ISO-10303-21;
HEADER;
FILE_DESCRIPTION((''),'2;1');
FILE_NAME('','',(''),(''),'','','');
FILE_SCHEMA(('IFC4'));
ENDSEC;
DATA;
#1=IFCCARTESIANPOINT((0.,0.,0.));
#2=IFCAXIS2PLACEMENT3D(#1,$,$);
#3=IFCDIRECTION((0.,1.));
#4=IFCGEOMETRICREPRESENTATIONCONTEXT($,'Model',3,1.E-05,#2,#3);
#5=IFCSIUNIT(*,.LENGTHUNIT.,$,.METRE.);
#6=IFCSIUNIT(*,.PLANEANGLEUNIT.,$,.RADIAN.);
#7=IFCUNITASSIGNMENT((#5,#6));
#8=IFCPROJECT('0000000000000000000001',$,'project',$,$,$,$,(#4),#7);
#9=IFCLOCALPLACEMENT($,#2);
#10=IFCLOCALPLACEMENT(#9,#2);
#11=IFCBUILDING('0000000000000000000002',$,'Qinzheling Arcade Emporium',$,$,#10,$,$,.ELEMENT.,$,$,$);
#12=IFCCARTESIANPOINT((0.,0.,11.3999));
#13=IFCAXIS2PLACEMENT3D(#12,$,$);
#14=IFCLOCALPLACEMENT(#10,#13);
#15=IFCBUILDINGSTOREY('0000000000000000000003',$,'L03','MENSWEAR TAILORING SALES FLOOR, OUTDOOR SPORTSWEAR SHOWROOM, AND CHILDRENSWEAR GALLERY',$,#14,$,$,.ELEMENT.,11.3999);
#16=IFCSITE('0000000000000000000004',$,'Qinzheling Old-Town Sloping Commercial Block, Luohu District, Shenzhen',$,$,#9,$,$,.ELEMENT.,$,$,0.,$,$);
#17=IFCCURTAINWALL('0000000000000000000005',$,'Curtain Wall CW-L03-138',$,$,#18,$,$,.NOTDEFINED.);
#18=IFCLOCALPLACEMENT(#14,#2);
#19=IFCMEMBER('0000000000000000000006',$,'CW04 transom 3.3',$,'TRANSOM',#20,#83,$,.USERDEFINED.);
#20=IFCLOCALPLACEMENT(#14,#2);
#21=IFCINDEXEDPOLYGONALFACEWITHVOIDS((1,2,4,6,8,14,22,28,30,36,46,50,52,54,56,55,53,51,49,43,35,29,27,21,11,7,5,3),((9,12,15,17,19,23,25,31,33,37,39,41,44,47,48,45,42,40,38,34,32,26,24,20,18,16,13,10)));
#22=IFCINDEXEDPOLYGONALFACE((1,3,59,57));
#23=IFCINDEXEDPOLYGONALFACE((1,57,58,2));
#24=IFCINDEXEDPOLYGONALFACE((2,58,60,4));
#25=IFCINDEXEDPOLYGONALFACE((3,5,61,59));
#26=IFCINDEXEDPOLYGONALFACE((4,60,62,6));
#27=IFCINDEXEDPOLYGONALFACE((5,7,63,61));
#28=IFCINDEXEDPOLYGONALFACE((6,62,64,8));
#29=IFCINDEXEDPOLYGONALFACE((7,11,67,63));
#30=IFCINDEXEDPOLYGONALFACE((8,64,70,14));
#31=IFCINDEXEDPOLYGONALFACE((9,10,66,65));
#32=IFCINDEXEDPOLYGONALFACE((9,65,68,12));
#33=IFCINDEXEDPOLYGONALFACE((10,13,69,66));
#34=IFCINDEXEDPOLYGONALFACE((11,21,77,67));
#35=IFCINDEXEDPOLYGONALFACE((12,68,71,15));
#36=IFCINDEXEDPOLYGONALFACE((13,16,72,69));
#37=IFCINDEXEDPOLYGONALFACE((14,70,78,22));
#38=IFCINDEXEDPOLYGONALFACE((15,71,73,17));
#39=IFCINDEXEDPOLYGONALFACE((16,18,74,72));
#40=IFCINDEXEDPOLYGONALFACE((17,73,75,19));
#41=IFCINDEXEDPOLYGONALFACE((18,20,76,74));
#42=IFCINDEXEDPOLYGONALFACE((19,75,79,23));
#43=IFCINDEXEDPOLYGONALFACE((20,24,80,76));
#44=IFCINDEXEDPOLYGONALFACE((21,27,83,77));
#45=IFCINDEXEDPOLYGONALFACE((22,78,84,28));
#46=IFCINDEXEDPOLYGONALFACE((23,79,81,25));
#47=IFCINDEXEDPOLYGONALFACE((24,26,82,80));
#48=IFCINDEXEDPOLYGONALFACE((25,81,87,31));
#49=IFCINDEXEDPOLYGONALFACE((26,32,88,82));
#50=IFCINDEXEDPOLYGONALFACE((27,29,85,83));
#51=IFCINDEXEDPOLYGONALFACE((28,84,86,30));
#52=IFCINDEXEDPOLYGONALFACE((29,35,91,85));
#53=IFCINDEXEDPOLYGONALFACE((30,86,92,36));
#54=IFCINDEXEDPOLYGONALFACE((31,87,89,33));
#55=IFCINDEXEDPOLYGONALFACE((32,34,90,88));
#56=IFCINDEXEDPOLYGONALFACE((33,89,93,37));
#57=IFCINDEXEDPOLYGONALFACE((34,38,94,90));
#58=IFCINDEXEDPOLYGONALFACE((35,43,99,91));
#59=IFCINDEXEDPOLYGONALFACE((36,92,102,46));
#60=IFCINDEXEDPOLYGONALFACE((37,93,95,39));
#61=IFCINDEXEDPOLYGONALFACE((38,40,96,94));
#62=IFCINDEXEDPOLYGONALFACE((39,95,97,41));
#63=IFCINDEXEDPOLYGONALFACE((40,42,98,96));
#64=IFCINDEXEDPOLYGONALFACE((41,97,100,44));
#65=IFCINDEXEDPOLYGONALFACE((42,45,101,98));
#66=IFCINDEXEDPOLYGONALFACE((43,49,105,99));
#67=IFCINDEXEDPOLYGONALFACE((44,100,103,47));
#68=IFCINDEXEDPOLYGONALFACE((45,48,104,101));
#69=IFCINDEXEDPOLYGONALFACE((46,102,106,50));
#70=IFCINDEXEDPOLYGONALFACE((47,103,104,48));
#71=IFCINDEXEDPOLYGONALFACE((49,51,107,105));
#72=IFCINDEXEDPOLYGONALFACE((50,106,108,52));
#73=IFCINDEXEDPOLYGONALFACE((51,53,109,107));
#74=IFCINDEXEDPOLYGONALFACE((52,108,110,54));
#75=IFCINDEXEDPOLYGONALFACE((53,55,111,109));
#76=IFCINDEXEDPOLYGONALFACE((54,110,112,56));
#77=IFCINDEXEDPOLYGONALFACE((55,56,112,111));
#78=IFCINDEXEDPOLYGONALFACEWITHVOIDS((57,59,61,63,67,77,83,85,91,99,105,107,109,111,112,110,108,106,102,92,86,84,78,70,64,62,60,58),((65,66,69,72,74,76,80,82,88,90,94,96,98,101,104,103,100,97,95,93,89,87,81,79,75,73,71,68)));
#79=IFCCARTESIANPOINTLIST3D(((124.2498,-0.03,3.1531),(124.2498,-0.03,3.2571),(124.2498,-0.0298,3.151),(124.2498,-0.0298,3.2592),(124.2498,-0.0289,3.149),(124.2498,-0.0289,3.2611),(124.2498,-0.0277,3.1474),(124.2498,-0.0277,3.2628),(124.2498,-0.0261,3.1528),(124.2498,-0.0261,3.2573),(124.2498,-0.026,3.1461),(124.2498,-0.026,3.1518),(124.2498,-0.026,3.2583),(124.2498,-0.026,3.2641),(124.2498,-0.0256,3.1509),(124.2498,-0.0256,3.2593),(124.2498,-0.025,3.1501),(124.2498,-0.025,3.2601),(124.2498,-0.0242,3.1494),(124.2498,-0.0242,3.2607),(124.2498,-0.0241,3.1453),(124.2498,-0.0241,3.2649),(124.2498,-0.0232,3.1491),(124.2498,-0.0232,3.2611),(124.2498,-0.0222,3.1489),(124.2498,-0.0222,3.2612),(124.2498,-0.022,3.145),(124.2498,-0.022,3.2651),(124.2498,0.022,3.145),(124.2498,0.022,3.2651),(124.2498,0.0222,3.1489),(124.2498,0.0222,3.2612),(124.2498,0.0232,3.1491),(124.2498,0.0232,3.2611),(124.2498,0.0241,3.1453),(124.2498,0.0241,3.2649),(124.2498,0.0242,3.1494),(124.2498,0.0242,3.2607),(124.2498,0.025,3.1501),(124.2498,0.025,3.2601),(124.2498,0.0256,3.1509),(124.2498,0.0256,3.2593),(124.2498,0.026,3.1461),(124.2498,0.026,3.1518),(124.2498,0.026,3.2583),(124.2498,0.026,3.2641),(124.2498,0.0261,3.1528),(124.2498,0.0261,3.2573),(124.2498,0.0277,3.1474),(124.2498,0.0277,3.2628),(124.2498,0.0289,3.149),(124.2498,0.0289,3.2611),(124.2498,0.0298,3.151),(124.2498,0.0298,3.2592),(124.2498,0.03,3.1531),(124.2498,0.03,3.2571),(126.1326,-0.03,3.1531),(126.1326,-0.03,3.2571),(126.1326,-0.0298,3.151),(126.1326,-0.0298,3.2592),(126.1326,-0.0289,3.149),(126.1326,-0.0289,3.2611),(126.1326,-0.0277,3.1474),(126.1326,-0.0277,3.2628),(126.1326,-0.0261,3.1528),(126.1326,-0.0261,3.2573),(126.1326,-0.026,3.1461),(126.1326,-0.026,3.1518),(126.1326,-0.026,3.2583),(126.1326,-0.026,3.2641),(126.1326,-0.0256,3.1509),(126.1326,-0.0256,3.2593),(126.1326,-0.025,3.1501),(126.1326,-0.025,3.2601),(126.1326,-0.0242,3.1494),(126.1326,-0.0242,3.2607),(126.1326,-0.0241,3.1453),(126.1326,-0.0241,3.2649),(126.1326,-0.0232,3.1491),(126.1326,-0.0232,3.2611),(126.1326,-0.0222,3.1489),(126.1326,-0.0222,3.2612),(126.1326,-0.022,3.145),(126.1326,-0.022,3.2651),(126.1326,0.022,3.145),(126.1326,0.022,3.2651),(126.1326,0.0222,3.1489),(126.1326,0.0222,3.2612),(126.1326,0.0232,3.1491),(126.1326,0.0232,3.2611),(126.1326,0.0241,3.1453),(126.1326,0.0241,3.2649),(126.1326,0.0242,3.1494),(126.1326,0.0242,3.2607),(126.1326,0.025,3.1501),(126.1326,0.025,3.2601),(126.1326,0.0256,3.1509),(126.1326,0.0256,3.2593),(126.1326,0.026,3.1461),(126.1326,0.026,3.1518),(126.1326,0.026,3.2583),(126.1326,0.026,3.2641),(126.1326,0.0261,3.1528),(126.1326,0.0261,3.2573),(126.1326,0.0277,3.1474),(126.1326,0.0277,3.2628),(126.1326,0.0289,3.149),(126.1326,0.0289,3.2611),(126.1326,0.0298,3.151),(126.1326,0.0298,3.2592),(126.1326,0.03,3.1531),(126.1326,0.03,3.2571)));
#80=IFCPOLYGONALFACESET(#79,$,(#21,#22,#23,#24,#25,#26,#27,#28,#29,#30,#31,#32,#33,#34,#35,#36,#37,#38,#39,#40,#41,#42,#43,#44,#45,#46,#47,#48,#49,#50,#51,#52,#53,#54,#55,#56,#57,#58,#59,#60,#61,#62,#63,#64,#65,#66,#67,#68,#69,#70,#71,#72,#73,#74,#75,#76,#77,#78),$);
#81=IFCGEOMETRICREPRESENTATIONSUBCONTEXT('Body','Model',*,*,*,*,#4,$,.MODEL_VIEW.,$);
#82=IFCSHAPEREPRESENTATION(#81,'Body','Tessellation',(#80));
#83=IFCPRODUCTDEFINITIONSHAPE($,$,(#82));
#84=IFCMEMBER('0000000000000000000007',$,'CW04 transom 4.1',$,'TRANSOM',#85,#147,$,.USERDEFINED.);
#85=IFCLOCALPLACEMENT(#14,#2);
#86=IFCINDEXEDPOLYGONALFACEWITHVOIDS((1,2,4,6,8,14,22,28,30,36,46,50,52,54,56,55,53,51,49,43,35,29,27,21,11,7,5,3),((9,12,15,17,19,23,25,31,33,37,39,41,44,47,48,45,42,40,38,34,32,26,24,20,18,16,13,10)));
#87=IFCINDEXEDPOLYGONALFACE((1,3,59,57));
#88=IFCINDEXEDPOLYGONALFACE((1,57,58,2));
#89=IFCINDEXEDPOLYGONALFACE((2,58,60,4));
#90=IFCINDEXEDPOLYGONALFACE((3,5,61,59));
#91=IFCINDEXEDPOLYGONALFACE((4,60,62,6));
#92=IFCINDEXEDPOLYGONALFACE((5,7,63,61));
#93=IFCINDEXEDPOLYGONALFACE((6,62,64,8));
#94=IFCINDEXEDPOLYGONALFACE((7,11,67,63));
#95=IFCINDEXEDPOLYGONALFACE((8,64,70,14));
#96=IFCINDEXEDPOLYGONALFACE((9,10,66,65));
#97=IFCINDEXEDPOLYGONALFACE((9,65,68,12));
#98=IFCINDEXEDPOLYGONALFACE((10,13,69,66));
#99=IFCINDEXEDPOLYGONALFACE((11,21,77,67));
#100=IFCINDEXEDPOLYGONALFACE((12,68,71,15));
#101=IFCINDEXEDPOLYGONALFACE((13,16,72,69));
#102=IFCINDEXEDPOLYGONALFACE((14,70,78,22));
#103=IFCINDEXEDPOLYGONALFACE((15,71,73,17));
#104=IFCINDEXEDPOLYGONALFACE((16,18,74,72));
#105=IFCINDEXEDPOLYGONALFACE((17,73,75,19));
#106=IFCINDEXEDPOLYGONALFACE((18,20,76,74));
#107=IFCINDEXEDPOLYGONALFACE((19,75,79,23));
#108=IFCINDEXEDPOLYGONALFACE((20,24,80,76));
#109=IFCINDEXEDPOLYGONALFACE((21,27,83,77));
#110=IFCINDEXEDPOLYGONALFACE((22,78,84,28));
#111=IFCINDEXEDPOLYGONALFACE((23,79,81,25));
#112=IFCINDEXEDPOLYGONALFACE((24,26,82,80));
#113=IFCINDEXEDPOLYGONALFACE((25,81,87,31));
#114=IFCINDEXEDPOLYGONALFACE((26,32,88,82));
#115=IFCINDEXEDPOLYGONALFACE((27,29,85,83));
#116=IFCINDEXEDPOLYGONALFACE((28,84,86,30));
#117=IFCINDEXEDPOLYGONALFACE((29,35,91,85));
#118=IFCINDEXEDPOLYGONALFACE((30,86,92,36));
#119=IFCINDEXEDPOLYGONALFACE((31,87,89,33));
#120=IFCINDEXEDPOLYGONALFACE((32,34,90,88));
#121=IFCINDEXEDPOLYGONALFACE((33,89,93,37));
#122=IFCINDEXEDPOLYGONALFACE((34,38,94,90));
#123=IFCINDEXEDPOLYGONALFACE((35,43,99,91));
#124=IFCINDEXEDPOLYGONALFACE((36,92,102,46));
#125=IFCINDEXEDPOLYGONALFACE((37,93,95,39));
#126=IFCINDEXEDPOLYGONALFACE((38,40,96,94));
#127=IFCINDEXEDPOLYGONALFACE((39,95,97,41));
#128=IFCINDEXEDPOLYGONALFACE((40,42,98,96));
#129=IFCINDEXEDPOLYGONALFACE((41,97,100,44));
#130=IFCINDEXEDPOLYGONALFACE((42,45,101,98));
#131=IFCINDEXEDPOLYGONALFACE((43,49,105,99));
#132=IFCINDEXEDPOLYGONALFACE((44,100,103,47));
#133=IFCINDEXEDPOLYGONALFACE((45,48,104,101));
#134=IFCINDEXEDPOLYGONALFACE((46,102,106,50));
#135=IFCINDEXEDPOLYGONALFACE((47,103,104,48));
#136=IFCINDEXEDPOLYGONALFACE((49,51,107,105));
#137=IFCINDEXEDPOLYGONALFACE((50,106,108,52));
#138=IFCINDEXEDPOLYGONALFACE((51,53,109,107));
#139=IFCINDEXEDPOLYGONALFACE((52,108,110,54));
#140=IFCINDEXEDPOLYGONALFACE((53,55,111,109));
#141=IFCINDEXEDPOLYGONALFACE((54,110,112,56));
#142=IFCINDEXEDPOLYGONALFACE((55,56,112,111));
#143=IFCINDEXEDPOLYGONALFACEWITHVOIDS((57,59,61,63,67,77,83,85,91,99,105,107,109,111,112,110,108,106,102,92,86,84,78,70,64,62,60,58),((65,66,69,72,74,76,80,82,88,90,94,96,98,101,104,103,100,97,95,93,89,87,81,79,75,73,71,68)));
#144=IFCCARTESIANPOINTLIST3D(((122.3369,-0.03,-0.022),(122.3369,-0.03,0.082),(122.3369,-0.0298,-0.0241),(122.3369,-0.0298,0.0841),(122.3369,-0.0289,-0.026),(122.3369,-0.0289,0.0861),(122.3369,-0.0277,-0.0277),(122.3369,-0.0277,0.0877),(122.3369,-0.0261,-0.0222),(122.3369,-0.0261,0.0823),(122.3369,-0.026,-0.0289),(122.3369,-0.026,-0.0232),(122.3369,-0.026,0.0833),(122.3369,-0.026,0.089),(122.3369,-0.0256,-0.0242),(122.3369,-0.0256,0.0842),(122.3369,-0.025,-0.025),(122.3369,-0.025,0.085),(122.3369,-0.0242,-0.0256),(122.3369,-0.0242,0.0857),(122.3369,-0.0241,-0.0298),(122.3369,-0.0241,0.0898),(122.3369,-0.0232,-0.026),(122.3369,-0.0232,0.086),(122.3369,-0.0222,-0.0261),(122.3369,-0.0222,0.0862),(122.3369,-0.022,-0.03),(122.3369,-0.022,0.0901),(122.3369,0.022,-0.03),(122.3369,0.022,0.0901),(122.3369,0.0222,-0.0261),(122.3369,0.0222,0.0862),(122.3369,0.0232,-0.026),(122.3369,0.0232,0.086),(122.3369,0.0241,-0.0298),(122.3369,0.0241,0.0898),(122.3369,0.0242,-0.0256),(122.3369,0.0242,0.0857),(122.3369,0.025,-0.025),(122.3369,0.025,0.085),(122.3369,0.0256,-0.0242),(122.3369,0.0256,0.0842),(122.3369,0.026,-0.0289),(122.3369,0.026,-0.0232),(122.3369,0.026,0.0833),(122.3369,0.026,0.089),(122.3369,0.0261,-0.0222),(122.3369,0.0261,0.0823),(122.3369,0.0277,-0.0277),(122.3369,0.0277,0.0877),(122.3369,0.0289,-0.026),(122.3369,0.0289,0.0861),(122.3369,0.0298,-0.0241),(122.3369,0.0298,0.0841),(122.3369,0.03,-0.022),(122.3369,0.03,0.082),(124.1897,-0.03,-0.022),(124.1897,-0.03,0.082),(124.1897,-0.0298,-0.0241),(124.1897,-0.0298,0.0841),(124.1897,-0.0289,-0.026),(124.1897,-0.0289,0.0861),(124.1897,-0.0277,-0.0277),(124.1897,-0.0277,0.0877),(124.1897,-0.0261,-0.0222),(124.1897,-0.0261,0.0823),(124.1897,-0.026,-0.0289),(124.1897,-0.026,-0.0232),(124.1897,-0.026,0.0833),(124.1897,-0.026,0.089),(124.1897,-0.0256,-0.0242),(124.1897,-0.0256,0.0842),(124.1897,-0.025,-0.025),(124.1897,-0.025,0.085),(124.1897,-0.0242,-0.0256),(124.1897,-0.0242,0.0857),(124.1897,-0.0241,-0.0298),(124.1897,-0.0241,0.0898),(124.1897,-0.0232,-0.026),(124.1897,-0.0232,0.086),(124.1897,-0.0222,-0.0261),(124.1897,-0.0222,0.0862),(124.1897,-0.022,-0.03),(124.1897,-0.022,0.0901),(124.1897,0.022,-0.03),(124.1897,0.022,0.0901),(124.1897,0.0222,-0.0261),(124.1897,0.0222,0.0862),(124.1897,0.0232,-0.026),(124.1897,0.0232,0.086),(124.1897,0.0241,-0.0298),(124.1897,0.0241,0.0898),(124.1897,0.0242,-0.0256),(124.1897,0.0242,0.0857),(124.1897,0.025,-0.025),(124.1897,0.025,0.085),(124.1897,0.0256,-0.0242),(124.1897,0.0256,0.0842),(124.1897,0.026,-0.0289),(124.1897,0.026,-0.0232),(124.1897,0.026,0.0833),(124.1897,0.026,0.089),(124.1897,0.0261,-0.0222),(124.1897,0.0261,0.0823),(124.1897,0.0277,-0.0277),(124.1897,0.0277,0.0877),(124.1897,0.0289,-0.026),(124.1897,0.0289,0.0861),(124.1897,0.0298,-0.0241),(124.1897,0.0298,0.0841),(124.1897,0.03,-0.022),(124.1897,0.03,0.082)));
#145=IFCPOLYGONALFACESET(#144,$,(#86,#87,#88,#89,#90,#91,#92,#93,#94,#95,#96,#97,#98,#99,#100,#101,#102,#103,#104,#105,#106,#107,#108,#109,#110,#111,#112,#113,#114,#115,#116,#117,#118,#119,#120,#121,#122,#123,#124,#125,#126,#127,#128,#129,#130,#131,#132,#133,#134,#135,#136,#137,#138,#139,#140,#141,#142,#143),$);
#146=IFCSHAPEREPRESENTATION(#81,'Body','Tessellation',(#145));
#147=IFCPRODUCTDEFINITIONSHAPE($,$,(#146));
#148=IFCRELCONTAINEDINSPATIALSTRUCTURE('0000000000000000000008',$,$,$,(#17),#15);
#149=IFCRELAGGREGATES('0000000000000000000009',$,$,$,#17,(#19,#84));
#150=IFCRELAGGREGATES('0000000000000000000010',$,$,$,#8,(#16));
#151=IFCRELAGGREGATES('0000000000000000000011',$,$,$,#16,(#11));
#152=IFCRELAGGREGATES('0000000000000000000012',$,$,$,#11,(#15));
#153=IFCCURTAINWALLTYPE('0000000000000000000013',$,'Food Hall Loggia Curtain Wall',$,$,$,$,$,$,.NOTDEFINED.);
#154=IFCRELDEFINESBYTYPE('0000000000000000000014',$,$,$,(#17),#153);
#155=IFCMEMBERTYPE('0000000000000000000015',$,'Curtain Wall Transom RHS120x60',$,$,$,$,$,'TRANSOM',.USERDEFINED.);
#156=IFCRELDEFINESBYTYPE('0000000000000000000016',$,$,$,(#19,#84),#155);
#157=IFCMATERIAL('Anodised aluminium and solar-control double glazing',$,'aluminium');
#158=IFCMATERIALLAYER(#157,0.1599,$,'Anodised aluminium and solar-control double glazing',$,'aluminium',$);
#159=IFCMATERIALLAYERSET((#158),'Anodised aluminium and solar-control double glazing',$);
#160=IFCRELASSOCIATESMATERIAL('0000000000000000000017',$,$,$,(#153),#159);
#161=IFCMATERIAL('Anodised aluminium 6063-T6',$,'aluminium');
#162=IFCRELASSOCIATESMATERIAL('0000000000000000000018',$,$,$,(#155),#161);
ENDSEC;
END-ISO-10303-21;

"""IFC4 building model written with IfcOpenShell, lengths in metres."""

from ifc_helpers import new_model, si_unit, direction, frame, origin, origin_2d, place, context, subcontext, project, spatial, hollow_rectangle, extrude, material, layer, layer_set, material_profile, profile_set, type_object, element, aggregate, save


model = new_model("IFC4")

# Units and contexts
model_context = context("Model", 3, precision=1e-05, world=origin(), true_north=direction((0.0, 1.0)))
body_context = subcontext(model_context, "Body", "Model", "MODEL_VIEW")
ifc_project = project(units=[si_unit("LENGTHUNIT", "METRE"), si_unit("PLANEANGLEUNIT", "RADIAN")], contexts=[model_context])

# Site, building, storey
site_placement = place(None, origin())
site = spatial("IfcSite", under=ifc_project, at=site_placement, Name="Qinzheling Old-Town Sloping Commercial Block, Luohu District, Shenzhen", CompositionType="ELEMENT", RefElevation=0.0)
building_placement = place(site_placement, origin())
building = spatial("IfcBuilding", under=site, at=building_placement, Name="Qinzheling Arcade Emporium", CompositionType="ELEMENT")
storey_placement = place(building_placement, frame((0.0, 0.0, 11.3999)))
storey = spatial("IfcBuildingStorey", under=building, at=storey_placement, Name="L03", Description="MENSWEAR TAILORING SALES FLOOR, OUTDOOR SPORTSWEAR SHOWROOM, AND CHILDRENSWEAR GALLERY", CompositionType="ELEMENT", Elevation=11.3999)

# Curtain wall, members
ifc_material_1 = material(Name="Anodised aluminium and solar-control double glazing", Category="aluminium")
ifc_layer_1 = layer(ifc_material_1, 0.1599, Name="Anodised aluminium and solar-control double glazing", Category="aluminium")
ifc_layer_set_1 = layer_set([ifc_layer_1], Name="Anodised aluminium and solar-control double glazing")
curtain_wall_type = type_object("IfcCurtainWallType", Name="Food Hall Loggia Curtain Wall", PredefinedType="NOTDEFINED", material=ifc_layer_set_1)
curtain_wall_placement = place(storey_placement, origin())
curtain_wall = element("IfcCurtainWall", 1, at=curtain_wall_placement, inside=storey, type_object=curtain_wall_type, Name="Curtain Wall CW-L03-138", PredefinedType="NOTDEFINED")
ifc_material_2 = material(Name="Anodised aluminium 6063-T6", Category="aluminium")
ifc_material_profile_1 = material_profile(ifc_material_2, hollow_rectangle(XDim=0.0601, YDim=0.1201, WallThickness=0.0039, InnerFilletRadius=0.0039, OuterFilletRadius=0.0081, at=origin_2d()), Name="RHS 120x60x4", Category="aluminium")
ifc_profile_set_1 = profile_set([ifc_material_profile_1], Name="Anodised aluminium 6063-T6")
member_type_1 = type_object("IfcMemberType", Name="Curtain Wall Transom RHS120x60", ElementType="TRANSOM", PredefinedType="USERDEFINED", material=ifc_profile_set_1)
member_1_placement = place(storey_placement, frame((126.1326, 0.0, 3.2051), z_axis=(-1.0, 0.0, 0.0), x_axis=(0.0, -1.0, 0.0)))
member_1 = element("IfcMember", 2, at=member_1_placement, type_object=member_type_1, Name="CW04 transom 3.3", ObjectType="TRANSOM", PredefinedType="USERDEFINED", context=body_context, shape_type="SweptSolid", body=[
    extrude(hollow_rectangle(XDim=0.0601, YDim=0.1201, WallThickness=0.0039, InnerFilletRadius=0.0039, OuterFilletRadius=0.0081, at=origin_2d()), origin(), (0.0, 0.0, 1.0), 1.8828),
])
member_2_placement = place(storey_placement, frame((124.1897, 0.0, 0.03), z_axis=(-1.0, 0.0, 0.0), x_axis=(0.0, -1.0, 0.0)))
member_2 = element("IfcMember", 3, at=member_2_placement, type_object=member_type_1, Name="CW04 transom 4.1", ObjectType="TRANSOM", PredefinedType="USERDEFINED", context=body_context, shape_type="SweptSolid", body=[
    extrude(hollow_rectangle(XDim=0.0601, YDim=0.1201, WallThickness=0.0039, InnerFilletRadius=0.0039, OuterFilletRadius=0.0081, at=origin_2d()), origin(), (0.0, 0.0, 1.0), 1.8528),
])

aggregate(curtain_wall, [member_1, member_2])

save(model, "model.ifc")
